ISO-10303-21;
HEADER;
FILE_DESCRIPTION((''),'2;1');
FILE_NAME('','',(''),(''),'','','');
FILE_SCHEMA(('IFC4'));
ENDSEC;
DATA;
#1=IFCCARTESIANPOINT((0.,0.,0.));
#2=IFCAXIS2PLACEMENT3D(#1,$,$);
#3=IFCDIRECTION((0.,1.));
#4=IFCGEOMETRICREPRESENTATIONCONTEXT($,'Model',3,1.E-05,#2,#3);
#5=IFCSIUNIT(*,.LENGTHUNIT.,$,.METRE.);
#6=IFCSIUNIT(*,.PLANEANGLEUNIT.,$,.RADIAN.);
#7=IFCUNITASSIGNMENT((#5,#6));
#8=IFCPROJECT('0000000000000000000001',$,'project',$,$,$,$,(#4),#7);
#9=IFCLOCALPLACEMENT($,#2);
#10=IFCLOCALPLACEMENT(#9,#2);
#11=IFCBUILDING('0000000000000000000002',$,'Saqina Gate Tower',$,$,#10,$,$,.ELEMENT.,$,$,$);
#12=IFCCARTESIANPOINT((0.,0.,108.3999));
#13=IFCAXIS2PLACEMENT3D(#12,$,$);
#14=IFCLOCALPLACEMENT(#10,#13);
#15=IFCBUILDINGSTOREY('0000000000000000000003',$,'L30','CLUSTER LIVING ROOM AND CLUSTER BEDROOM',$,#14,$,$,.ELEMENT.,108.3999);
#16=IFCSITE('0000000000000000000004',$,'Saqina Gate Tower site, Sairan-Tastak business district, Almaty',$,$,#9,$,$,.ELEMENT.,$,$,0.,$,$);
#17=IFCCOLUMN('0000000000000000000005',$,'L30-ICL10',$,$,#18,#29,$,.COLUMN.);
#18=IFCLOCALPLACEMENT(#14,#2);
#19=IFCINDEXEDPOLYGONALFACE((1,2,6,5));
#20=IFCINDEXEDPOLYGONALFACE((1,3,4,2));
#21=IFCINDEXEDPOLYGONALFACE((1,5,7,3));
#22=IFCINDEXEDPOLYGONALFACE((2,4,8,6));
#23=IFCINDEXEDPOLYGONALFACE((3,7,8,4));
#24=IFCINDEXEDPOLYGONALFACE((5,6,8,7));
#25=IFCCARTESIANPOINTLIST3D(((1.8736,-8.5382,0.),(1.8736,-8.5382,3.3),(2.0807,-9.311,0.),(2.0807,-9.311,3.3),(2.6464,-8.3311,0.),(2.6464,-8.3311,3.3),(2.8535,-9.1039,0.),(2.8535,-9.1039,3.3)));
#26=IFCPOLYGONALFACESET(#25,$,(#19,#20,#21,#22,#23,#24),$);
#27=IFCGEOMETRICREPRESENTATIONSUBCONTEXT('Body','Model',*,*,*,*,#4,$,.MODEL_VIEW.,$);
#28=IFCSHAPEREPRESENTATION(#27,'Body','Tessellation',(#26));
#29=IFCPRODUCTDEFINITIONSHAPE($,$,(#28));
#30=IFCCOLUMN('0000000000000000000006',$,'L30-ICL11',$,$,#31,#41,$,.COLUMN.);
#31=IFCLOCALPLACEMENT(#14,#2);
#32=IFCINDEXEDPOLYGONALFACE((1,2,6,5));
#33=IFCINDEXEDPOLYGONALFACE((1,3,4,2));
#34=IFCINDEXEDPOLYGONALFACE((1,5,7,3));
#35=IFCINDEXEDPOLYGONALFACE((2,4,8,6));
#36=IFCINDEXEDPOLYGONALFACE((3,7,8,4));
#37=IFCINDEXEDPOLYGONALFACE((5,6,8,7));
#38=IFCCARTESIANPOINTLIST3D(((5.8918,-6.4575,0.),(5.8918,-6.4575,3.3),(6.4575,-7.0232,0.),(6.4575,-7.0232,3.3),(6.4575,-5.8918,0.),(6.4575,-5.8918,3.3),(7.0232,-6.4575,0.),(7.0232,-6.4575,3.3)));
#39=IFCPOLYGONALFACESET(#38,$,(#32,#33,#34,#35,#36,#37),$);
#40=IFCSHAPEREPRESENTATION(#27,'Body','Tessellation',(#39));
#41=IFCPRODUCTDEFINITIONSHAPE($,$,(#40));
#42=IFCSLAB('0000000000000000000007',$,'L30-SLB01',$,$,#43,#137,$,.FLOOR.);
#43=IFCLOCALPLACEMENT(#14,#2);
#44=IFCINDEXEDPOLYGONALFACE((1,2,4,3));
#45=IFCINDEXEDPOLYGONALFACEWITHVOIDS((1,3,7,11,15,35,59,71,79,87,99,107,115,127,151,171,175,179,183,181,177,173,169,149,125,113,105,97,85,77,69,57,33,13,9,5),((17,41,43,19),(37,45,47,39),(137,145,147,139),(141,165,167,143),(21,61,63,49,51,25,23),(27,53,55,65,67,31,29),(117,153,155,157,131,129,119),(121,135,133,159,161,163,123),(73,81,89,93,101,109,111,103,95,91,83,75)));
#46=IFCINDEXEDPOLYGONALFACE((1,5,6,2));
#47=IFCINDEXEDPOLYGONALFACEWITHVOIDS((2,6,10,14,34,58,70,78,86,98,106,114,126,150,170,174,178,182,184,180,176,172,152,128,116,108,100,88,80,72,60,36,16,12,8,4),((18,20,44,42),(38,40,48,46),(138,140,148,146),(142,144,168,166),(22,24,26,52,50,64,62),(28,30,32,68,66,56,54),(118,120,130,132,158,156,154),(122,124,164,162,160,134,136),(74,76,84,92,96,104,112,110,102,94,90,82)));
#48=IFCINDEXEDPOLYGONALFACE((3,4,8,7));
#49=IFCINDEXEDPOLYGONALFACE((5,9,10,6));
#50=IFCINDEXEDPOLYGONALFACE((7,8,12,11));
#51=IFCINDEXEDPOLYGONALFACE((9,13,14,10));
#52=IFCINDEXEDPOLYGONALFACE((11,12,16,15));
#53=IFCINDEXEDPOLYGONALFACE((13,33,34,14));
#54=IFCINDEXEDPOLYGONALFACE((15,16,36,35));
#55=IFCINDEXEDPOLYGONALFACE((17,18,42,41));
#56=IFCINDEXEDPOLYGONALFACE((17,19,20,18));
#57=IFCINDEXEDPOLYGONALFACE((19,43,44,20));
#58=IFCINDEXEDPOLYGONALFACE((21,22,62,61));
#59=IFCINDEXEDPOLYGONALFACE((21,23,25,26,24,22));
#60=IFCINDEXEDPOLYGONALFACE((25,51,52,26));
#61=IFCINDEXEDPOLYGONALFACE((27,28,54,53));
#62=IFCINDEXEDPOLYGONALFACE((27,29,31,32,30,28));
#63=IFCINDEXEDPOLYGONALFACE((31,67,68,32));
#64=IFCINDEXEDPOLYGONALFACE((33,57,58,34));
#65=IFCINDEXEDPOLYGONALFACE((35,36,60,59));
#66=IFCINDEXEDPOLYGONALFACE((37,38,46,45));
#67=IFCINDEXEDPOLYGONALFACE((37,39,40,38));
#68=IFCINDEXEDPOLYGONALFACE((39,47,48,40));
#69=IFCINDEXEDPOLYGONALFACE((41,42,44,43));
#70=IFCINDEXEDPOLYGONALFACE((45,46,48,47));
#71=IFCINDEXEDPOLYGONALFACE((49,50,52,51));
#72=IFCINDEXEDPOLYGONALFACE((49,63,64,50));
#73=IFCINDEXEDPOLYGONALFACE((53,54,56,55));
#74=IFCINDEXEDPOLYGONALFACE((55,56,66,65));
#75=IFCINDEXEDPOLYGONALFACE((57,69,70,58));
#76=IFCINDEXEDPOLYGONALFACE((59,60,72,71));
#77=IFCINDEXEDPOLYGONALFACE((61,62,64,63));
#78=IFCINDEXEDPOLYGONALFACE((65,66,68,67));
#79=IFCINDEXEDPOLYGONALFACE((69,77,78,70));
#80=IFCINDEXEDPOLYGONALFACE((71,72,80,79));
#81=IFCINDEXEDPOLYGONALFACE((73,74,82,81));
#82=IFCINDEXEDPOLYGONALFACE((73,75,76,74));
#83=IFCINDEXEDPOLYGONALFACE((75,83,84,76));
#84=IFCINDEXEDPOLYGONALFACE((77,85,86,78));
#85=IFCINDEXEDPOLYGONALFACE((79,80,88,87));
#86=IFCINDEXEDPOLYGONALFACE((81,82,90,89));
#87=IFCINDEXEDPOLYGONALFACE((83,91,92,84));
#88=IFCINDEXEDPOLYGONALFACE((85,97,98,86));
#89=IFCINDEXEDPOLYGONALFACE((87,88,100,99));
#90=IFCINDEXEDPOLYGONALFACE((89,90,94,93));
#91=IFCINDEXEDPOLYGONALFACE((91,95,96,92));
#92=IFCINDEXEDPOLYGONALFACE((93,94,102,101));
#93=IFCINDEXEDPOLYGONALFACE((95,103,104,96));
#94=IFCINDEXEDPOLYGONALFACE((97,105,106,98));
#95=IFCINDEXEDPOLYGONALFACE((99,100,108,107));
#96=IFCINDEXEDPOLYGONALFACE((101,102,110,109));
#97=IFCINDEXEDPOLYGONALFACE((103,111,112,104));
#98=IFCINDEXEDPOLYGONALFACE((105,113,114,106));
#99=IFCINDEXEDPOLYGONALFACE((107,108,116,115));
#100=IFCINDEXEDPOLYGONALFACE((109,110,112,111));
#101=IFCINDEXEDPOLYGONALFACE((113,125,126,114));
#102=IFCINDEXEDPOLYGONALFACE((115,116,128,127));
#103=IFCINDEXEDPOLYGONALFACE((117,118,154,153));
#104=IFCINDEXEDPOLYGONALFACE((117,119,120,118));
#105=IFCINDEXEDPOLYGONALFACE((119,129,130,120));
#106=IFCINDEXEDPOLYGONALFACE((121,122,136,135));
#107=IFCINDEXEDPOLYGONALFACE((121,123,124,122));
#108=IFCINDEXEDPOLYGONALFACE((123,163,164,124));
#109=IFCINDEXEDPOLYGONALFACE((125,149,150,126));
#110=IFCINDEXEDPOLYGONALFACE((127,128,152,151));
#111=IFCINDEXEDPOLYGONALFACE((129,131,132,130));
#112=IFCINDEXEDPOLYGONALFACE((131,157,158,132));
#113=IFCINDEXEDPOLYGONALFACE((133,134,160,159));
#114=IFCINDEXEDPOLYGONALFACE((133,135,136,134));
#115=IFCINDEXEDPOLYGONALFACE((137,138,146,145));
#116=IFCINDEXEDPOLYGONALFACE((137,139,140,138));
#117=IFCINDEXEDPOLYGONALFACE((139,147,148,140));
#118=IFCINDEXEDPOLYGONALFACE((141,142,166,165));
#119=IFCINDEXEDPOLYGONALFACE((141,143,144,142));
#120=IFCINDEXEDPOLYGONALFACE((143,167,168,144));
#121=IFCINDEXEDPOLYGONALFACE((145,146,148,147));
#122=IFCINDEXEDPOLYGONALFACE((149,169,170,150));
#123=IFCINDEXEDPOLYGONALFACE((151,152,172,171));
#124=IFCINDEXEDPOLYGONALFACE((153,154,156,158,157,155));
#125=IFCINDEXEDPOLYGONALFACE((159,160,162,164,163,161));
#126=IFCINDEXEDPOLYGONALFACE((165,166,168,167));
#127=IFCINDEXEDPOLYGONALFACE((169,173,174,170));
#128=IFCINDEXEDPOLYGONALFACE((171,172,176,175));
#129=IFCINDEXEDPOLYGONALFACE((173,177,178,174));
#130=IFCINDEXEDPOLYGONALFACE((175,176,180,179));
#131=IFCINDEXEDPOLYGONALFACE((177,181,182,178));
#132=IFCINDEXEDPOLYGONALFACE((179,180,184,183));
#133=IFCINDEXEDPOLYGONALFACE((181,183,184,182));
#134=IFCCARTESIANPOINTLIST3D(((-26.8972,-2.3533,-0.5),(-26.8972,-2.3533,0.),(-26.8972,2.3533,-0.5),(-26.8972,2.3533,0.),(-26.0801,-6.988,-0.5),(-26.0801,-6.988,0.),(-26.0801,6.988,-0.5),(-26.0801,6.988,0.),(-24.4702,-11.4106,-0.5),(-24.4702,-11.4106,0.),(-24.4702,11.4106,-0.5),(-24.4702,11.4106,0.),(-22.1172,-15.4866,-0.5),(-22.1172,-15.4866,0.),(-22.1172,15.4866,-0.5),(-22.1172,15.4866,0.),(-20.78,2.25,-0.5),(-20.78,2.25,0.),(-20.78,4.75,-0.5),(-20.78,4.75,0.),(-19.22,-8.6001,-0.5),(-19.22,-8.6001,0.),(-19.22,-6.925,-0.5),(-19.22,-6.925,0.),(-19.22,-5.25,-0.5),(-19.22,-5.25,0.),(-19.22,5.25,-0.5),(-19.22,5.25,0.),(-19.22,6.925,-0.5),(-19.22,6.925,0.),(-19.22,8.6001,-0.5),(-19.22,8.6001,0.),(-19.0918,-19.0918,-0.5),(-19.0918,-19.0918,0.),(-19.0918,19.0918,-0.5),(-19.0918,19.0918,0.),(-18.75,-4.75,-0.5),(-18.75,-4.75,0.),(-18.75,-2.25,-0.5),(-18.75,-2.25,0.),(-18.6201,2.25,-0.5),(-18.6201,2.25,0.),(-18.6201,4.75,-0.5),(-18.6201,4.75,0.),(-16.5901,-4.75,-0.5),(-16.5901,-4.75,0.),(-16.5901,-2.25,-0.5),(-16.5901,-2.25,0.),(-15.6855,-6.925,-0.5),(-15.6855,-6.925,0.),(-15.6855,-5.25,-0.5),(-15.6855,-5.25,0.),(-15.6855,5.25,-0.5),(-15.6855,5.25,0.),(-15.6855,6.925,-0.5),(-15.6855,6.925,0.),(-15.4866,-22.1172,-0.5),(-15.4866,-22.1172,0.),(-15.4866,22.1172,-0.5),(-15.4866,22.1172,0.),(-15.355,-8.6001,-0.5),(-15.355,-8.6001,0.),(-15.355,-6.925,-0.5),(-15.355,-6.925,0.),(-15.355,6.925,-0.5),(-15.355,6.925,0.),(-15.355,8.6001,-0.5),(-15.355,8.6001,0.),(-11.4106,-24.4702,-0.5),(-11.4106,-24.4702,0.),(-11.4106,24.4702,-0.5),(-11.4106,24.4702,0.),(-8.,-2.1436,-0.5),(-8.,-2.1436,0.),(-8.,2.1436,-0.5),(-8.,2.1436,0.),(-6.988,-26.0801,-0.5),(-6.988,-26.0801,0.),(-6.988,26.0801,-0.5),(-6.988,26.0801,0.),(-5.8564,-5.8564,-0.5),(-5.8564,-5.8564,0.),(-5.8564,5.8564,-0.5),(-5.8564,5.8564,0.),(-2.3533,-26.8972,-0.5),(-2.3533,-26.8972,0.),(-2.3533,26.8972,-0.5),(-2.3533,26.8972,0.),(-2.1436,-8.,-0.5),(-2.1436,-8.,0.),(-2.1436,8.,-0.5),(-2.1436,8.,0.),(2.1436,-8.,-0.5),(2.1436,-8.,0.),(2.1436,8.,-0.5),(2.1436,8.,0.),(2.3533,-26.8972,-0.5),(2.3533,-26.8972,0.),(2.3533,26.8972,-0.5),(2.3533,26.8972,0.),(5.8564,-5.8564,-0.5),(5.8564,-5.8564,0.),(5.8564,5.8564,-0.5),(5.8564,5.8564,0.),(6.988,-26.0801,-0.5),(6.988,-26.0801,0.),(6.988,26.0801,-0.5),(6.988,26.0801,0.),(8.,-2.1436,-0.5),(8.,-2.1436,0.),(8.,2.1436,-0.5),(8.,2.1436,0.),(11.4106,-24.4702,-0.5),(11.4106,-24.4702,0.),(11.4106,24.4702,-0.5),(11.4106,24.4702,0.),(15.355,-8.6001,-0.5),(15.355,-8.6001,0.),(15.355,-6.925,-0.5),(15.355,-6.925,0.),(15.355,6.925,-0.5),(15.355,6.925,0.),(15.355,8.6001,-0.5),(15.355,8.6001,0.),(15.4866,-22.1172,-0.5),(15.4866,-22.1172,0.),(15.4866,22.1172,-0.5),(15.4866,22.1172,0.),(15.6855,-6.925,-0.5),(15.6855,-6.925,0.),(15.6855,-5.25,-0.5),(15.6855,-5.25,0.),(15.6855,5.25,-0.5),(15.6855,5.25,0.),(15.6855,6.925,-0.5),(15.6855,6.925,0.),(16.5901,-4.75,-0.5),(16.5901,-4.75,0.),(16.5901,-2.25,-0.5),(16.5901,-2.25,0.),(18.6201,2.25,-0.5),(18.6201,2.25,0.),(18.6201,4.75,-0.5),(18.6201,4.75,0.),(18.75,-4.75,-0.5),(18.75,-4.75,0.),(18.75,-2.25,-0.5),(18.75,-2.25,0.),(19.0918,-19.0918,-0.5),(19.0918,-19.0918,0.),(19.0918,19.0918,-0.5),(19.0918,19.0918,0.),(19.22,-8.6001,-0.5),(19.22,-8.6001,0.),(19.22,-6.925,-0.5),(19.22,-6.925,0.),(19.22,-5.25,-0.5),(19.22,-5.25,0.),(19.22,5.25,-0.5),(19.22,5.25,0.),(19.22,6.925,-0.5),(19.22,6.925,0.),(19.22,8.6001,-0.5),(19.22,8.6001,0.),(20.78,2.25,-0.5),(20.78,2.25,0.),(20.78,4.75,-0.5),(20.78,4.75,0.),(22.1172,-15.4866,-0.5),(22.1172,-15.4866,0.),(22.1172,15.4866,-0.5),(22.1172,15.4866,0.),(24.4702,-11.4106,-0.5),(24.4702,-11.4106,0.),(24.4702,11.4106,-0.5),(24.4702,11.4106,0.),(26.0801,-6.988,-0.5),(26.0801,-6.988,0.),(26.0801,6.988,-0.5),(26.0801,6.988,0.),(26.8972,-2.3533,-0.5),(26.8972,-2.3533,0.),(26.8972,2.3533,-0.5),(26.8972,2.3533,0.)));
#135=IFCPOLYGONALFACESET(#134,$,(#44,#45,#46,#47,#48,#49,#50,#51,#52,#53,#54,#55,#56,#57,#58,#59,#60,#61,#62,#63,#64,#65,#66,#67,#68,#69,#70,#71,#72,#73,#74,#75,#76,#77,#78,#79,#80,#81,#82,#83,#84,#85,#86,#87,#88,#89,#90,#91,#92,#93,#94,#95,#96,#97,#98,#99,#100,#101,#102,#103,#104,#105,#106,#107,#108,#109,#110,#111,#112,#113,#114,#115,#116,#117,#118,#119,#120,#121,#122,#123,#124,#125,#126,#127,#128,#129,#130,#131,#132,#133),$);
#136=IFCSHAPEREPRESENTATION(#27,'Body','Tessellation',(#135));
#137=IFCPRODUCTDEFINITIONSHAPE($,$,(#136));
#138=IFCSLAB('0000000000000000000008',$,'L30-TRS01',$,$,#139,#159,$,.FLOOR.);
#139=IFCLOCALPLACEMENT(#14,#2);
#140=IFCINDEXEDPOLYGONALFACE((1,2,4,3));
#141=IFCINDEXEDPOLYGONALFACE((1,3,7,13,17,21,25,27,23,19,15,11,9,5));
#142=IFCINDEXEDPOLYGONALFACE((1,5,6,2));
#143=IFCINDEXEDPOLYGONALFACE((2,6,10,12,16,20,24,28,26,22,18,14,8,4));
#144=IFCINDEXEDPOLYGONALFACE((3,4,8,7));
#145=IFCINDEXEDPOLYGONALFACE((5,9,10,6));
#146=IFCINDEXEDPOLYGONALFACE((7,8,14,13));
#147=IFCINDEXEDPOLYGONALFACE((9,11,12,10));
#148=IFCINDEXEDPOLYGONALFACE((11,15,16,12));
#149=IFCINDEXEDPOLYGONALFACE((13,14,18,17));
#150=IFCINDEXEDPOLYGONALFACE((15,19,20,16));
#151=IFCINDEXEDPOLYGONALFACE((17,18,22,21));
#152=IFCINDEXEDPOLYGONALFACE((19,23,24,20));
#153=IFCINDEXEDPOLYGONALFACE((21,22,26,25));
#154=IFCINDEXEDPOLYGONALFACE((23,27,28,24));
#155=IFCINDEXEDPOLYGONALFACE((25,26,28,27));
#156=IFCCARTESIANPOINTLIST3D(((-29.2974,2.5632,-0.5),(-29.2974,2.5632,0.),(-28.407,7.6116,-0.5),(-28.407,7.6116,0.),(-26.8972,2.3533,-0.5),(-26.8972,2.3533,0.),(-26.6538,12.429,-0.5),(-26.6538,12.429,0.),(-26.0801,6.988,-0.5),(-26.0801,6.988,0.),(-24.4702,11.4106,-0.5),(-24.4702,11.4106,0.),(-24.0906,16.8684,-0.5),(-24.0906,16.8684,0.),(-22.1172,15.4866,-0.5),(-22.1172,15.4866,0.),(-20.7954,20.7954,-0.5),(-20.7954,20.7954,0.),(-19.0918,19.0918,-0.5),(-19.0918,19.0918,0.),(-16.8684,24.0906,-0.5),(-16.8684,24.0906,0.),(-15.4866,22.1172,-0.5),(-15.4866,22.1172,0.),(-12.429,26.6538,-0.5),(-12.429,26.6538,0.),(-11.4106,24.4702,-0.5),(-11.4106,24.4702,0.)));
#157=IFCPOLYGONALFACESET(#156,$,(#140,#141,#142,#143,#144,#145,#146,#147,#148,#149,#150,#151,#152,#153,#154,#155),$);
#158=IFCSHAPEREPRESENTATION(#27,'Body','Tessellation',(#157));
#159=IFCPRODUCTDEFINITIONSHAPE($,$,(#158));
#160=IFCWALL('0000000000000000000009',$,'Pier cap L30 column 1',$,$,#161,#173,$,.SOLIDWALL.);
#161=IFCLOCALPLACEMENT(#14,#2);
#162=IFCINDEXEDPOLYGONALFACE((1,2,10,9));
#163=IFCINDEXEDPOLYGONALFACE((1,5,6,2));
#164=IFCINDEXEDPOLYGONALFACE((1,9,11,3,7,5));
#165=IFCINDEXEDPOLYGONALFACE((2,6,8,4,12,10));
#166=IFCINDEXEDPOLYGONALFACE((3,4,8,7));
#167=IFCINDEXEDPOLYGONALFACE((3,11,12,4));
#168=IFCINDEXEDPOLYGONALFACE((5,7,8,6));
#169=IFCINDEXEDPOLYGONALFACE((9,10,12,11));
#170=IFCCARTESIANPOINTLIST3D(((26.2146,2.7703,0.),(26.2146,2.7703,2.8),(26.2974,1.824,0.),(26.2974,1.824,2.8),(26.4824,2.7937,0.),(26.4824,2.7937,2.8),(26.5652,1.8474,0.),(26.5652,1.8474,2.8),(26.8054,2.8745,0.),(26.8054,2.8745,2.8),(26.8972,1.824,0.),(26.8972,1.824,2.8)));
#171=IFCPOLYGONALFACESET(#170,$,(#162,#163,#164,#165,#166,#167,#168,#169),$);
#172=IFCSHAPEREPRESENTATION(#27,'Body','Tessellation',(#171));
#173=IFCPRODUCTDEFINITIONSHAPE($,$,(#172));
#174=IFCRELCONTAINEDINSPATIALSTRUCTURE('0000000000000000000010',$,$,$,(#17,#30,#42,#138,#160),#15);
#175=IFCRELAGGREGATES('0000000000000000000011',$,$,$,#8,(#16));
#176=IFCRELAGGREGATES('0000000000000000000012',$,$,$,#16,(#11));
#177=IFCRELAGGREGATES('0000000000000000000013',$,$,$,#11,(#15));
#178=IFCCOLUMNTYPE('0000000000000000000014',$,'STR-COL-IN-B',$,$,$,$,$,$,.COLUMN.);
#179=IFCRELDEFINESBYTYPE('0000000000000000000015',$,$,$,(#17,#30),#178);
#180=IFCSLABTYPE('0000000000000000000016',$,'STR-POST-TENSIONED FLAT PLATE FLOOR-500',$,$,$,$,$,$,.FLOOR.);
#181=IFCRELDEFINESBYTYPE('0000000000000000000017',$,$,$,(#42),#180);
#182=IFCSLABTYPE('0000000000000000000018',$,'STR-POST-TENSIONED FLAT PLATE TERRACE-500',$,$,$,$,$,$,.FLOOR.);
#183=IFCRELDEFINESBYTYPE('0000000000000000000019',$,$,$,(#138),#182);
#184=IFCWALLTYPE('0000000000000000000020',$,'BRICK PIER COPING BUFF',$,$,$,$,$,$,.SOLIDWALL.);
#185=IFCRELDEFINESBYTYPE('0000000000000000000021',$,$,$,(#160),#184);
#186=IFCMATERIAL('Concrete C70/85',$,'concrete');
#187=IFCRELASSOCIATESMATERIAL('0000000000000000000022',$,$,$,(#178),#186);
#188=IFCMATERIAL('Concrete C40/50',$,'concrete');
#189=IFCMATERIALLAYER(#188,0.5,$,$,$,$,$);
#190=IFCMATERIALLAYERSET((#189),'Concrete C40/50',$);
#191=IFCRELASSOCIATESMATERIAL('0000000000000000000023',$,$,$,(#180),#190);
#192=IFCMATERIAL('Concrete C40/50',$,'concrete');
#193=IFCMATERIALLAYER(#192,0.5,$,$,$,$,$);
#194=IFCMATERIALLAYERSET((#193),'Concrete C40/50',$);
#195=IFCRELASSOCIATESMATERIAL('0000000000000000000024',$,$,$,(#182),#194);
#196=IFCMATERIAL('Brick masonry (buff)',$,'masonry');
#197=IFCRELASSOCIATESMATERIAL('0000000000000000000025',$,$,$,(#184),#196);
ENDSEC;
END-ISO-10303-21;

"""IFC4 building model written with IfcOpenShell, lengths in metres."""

from ifc_helpers import new_model, si_unit, direction, frame, origin, origin_2d, place, context, subcontext, project, spatial, polyline, rectangle, outline, extrude, material, layer, layer_set, material_profile, profile_set, type_object, element, save


model = new_model("IFC4")

# Units and contexts
model_context = context("Model", 3, precision=1e-05, world=origin(), true_north=direction((0.0, 1.0)))
body_context = subcontext(model_context, "Body", "Model", "MODEL_VIEW")
ifc_project = project(units=[si_unit("LENGTHUNIT", "METRE"), si_unit("PLANEANGLEUNIT", "RADIAN")], contexts=[model_context])

# Site, building, storey
site_placement = place(None, origin())
site = spatial("IfcSite", under=ifc_project, at=site_placement, Name="Saqina Gate Tower site, Sairan-Tastak business district, Almaty", CompositionType="ELEMENT", RefElevation=0.0)
building_placement = place(site_placement, origin())
building = spatial("IfcBuilding", under=site, at=building_placement, Name="Saqina Gate Tower", CompositionType="ELEMENT")
storey_placement = place(building_placement, frame((0.0, 0.0, 108.3999)))
storey = spatial("IfcBuildingStorey", under=building, at=storey_placement, Name="L30", Description="CLUSTER LIVING ROOM AND CLUSTER BEDROOM", CompositionType="ELEMENT", Elevation=108.3999)

# Columns
ifc_material_1 = material(Name="Concrete C70/85", Category="concrete")
ifc_material_profile = material_profile(ifc_material_1, rectangle(XDim=0.8, YDim=0.8, at=origin_2d()), Name="RC 800x800")
ifc_profile_set = profile_set([ifc_material_profile], Name="Concrete C70/85")
column_type = type_object("IfcColumnType", Name="STR-COL-IN-B", PredefinedType="COLUMN", material=ifc_profile_set)
for number, where, z_axis, x_axis, name in (
    (1, (2.3635, -8.821, 0.0), (0.0, 0.0, 1.0), (0.258819, -0.965926, 0.0), "L30-ICL10"),
    (2, (6.4575, -6.4575, 0.0), (0.0, 0.0, 1.0), (0.707107, -0.707107, 0.0), "L30-ICL11"),
):
    element("IfcColumn", number, at=place(storey_placement, frame(where, z_axis=z_axis, x_axis=x_axis)), inside=storey, type_object=column_type, Name=name, PredefinedType="COLUMN", context=body_context, shape_type="SweptSolid", body=[
        extrude(rectangle(XDim=0.8, YDim=0.8, at=origin_2d()), origin(), (0.0, 0.0, 1.0), 3.3),
    ])

# Slabs
ifc_material_2 = material(Name="Concrete C40/50", Category="concrete")
ifc_layer_1 = layer(ifc_material_2, 0.5)
ifc_layer_set_1 = layer_set([ifc_layer_1], Name="Concrete C40/50")
slab_type_1 = type_object("IfcSlabType", Name="STR-POST-TENSIONED FLAT PLATE FLOOR-500", PredefinedType="FLOOR", material=ifc_layer_set_1)
slab_1_placement = place(storey_placement, frame((0.0, 0.0, -0.5)))
element("IfcSlab", 3, at=slab_1_placement, inside=storey, type_object=slab_type_1, Name="L30-SLB01", PredefinedType="FLOOR", context=body_context, shape_type="SweptSolid", body=[
    extrude(outline(polyline([(26.0801, -6.988), (26.8972, -2.3533), (26.8972, 2.3533), (26.0801, 6.988), (24.4702, 11.4106), (22.1172, 15.4866), (19.0918, 19.0918), (15.4866, 22.1172), (11.4106, 24.4702), (6.988, 26.0801), (2.3533, 26.8972), (-2.3533, 26.8972), (-6.988, 26.0801), (-11.4106, 24.4702), (-15.4866, 22.1172), (-19.0918, 19.0918), (-22.1172, 15.4866), (-24.4702, 11.4106), (-26.0801, 6.988), (-26.8972, 2.3533), (-26.8972, -2.3533), (-26.0801, -6.988), (-24.4702, -11.4106), (-22.1172, -15.4866), (-19.0918, -19.0918), (-15.4866, -22.1172), (-11.4106, -24.4702), (-6.988, -26.0801), (-2.3533, -26.8972), (2.3533, -26.8972), (6.988, -26.0801), (11.4106, -24.4702), (15.4866, -22.1172), (19.0918, -19.0918), (22.1172, -15.4866), (24.4702, -11.4106), (26.0801, -6.988)]), holes=[polyline([(2.1436, 8.0), (5.8564, 5.8564), (8.0, 2.1436), (8.0, -2.1436), (5.8564, -5.8564), (2.1436, -8.0), (-2.1436, -8.0), (-5.8564, -5.8564), (-8.0, -2.1436), (-8.0, 2.1436), (-5.8564, 5.8564), (-2.1436, 8.0), (2.1436, 8.0)]), polyline([(-15.355, -8.6001), (-19.22, -8.6001), (-19.22, -6.925), (-19.22, -5.25), (-15.6855, -5.25), (-15.6855, -6.925), (-15.355, -6.925), (-15.355, -8.6001)]), polyline([(-16.5901, -2.25), (-16.5901, -4.75), (-18.75, -4.75), (-18.75, -2.25), (-16.5901, -2.25)]), polyline([(-20.78, 4.75), (-18.6201, 4.75), (-18.6201, 2.25), (-20.78, 2.25), (-20.78, 4.75)]), polyline([(-19.22, 6.925), (-19.22, 8.6001), (-15.355, 8.6001), (-15.355, 6.925), (-15.6855, 6.925), (-15.6855, 5.25), (-19.22, 5.25), (-19.22, 6.925)]), polyline([(15.355, -8.6001), (15.355, -6.925), (15.6855, -6.925), (15.6855, -5.25), (19.22, -5.25), (19.22, -6.925), (19.22, -8.6001), (15.355, -8.6001)]), polyline([(18.75, -2.25), (18.75, -4.75), (16.5901, -4.75), (16.5901, -2.25), (18.75, -2.25)]), polyline([(18.6201, 4.75), (20.78, 4.75), (20.78, 2.25), (18.6201, 2.25), (18.6201, 4.75)]), polyline([(15.6855, 6.925), (15.355, 6.925), (15.355, 8.6001), (19.22, 8.6001), (19.22, 6.925), (19.22, 5.25), (15.6855, 5.25), (15.6855, 6.925)])]), origin(), (0.0, 0.0, 1.0), 0.5),
])
ifc_material_3 = material(Name="Concrete C40/50", Category="concrete")
ifc_layer_2 = layer(ifc_material_3, 0.5)
ifc_layer_set_2 = layer_set([ifc_layer_2], Name="Concrete C40/50")
slab_type_2 = type_object("IfcSlabType", Name="STR-POST-TENSIONED FLAT PLATE TERRACE-500", PredefinedType="FLOOR", material=ifc_layer_set_2)
slab_2_placement = place(storey_placement, frame((0.0, 0.0, -0.5)))
element("IfcSlab", 4, at=slab_2_placement, inside=storey, type_object=slab_type_2, Name="L30-TRS01", PredefinedType="FLOOR", context=body_context, shape_type="SweptSolid", body=[
    extrude(outline(polyline([(-11.4106, 24.4702), (-15.4866, 22.1172), (-19.0918, 19.0918), (-22.1172, 15.4866), (-24.4702, 11.4106), (-26.0801, 6.988), (-26.8972, 2.3533), (-29.2974, 2.5632), (-28.407, 7.6116), (-26.6538, 12.429), (-24.0906, 16.8684), (-20.7954, 20.7954), (-16.8684, 24.0906), (-12.429, 26.6538), (-11.4106, 24.4702)])), origin(), (0.0, 0.0, 1.0), 0.5),
])

# Wall
ifc_material_4 = material(Name="Brick masonry (buff)", Category="masonry")
wall_type_1 = type_object("IfcWallType", Name="BRICK PIER COPING BUFF", PredefinedType="SOLIDWALL", material=ifc_material_4)
wall_1_placement = place(storey_placement, origin())
element("IfcWall", 5, at=wall_1_placement, inside=storey, type_object=wall_type_1, Name="Pier cap L30 column 1", PredefinedType="SOLIDWALL", context=body_context, shape_type="SweptSolid", body=[
    extrude(outline(polyline([(26.8054, 2.8745), (26.2146, 2.7703), (26.4824, 2.7937), (26.5652, 1.8474), (26.2974, 1.824), (26.8972, 1.824), (26.8054, 2.8745)])), origin(), (0.0, 0.0, 1.0), 2.8),
])

save(model, "model.ifc")
